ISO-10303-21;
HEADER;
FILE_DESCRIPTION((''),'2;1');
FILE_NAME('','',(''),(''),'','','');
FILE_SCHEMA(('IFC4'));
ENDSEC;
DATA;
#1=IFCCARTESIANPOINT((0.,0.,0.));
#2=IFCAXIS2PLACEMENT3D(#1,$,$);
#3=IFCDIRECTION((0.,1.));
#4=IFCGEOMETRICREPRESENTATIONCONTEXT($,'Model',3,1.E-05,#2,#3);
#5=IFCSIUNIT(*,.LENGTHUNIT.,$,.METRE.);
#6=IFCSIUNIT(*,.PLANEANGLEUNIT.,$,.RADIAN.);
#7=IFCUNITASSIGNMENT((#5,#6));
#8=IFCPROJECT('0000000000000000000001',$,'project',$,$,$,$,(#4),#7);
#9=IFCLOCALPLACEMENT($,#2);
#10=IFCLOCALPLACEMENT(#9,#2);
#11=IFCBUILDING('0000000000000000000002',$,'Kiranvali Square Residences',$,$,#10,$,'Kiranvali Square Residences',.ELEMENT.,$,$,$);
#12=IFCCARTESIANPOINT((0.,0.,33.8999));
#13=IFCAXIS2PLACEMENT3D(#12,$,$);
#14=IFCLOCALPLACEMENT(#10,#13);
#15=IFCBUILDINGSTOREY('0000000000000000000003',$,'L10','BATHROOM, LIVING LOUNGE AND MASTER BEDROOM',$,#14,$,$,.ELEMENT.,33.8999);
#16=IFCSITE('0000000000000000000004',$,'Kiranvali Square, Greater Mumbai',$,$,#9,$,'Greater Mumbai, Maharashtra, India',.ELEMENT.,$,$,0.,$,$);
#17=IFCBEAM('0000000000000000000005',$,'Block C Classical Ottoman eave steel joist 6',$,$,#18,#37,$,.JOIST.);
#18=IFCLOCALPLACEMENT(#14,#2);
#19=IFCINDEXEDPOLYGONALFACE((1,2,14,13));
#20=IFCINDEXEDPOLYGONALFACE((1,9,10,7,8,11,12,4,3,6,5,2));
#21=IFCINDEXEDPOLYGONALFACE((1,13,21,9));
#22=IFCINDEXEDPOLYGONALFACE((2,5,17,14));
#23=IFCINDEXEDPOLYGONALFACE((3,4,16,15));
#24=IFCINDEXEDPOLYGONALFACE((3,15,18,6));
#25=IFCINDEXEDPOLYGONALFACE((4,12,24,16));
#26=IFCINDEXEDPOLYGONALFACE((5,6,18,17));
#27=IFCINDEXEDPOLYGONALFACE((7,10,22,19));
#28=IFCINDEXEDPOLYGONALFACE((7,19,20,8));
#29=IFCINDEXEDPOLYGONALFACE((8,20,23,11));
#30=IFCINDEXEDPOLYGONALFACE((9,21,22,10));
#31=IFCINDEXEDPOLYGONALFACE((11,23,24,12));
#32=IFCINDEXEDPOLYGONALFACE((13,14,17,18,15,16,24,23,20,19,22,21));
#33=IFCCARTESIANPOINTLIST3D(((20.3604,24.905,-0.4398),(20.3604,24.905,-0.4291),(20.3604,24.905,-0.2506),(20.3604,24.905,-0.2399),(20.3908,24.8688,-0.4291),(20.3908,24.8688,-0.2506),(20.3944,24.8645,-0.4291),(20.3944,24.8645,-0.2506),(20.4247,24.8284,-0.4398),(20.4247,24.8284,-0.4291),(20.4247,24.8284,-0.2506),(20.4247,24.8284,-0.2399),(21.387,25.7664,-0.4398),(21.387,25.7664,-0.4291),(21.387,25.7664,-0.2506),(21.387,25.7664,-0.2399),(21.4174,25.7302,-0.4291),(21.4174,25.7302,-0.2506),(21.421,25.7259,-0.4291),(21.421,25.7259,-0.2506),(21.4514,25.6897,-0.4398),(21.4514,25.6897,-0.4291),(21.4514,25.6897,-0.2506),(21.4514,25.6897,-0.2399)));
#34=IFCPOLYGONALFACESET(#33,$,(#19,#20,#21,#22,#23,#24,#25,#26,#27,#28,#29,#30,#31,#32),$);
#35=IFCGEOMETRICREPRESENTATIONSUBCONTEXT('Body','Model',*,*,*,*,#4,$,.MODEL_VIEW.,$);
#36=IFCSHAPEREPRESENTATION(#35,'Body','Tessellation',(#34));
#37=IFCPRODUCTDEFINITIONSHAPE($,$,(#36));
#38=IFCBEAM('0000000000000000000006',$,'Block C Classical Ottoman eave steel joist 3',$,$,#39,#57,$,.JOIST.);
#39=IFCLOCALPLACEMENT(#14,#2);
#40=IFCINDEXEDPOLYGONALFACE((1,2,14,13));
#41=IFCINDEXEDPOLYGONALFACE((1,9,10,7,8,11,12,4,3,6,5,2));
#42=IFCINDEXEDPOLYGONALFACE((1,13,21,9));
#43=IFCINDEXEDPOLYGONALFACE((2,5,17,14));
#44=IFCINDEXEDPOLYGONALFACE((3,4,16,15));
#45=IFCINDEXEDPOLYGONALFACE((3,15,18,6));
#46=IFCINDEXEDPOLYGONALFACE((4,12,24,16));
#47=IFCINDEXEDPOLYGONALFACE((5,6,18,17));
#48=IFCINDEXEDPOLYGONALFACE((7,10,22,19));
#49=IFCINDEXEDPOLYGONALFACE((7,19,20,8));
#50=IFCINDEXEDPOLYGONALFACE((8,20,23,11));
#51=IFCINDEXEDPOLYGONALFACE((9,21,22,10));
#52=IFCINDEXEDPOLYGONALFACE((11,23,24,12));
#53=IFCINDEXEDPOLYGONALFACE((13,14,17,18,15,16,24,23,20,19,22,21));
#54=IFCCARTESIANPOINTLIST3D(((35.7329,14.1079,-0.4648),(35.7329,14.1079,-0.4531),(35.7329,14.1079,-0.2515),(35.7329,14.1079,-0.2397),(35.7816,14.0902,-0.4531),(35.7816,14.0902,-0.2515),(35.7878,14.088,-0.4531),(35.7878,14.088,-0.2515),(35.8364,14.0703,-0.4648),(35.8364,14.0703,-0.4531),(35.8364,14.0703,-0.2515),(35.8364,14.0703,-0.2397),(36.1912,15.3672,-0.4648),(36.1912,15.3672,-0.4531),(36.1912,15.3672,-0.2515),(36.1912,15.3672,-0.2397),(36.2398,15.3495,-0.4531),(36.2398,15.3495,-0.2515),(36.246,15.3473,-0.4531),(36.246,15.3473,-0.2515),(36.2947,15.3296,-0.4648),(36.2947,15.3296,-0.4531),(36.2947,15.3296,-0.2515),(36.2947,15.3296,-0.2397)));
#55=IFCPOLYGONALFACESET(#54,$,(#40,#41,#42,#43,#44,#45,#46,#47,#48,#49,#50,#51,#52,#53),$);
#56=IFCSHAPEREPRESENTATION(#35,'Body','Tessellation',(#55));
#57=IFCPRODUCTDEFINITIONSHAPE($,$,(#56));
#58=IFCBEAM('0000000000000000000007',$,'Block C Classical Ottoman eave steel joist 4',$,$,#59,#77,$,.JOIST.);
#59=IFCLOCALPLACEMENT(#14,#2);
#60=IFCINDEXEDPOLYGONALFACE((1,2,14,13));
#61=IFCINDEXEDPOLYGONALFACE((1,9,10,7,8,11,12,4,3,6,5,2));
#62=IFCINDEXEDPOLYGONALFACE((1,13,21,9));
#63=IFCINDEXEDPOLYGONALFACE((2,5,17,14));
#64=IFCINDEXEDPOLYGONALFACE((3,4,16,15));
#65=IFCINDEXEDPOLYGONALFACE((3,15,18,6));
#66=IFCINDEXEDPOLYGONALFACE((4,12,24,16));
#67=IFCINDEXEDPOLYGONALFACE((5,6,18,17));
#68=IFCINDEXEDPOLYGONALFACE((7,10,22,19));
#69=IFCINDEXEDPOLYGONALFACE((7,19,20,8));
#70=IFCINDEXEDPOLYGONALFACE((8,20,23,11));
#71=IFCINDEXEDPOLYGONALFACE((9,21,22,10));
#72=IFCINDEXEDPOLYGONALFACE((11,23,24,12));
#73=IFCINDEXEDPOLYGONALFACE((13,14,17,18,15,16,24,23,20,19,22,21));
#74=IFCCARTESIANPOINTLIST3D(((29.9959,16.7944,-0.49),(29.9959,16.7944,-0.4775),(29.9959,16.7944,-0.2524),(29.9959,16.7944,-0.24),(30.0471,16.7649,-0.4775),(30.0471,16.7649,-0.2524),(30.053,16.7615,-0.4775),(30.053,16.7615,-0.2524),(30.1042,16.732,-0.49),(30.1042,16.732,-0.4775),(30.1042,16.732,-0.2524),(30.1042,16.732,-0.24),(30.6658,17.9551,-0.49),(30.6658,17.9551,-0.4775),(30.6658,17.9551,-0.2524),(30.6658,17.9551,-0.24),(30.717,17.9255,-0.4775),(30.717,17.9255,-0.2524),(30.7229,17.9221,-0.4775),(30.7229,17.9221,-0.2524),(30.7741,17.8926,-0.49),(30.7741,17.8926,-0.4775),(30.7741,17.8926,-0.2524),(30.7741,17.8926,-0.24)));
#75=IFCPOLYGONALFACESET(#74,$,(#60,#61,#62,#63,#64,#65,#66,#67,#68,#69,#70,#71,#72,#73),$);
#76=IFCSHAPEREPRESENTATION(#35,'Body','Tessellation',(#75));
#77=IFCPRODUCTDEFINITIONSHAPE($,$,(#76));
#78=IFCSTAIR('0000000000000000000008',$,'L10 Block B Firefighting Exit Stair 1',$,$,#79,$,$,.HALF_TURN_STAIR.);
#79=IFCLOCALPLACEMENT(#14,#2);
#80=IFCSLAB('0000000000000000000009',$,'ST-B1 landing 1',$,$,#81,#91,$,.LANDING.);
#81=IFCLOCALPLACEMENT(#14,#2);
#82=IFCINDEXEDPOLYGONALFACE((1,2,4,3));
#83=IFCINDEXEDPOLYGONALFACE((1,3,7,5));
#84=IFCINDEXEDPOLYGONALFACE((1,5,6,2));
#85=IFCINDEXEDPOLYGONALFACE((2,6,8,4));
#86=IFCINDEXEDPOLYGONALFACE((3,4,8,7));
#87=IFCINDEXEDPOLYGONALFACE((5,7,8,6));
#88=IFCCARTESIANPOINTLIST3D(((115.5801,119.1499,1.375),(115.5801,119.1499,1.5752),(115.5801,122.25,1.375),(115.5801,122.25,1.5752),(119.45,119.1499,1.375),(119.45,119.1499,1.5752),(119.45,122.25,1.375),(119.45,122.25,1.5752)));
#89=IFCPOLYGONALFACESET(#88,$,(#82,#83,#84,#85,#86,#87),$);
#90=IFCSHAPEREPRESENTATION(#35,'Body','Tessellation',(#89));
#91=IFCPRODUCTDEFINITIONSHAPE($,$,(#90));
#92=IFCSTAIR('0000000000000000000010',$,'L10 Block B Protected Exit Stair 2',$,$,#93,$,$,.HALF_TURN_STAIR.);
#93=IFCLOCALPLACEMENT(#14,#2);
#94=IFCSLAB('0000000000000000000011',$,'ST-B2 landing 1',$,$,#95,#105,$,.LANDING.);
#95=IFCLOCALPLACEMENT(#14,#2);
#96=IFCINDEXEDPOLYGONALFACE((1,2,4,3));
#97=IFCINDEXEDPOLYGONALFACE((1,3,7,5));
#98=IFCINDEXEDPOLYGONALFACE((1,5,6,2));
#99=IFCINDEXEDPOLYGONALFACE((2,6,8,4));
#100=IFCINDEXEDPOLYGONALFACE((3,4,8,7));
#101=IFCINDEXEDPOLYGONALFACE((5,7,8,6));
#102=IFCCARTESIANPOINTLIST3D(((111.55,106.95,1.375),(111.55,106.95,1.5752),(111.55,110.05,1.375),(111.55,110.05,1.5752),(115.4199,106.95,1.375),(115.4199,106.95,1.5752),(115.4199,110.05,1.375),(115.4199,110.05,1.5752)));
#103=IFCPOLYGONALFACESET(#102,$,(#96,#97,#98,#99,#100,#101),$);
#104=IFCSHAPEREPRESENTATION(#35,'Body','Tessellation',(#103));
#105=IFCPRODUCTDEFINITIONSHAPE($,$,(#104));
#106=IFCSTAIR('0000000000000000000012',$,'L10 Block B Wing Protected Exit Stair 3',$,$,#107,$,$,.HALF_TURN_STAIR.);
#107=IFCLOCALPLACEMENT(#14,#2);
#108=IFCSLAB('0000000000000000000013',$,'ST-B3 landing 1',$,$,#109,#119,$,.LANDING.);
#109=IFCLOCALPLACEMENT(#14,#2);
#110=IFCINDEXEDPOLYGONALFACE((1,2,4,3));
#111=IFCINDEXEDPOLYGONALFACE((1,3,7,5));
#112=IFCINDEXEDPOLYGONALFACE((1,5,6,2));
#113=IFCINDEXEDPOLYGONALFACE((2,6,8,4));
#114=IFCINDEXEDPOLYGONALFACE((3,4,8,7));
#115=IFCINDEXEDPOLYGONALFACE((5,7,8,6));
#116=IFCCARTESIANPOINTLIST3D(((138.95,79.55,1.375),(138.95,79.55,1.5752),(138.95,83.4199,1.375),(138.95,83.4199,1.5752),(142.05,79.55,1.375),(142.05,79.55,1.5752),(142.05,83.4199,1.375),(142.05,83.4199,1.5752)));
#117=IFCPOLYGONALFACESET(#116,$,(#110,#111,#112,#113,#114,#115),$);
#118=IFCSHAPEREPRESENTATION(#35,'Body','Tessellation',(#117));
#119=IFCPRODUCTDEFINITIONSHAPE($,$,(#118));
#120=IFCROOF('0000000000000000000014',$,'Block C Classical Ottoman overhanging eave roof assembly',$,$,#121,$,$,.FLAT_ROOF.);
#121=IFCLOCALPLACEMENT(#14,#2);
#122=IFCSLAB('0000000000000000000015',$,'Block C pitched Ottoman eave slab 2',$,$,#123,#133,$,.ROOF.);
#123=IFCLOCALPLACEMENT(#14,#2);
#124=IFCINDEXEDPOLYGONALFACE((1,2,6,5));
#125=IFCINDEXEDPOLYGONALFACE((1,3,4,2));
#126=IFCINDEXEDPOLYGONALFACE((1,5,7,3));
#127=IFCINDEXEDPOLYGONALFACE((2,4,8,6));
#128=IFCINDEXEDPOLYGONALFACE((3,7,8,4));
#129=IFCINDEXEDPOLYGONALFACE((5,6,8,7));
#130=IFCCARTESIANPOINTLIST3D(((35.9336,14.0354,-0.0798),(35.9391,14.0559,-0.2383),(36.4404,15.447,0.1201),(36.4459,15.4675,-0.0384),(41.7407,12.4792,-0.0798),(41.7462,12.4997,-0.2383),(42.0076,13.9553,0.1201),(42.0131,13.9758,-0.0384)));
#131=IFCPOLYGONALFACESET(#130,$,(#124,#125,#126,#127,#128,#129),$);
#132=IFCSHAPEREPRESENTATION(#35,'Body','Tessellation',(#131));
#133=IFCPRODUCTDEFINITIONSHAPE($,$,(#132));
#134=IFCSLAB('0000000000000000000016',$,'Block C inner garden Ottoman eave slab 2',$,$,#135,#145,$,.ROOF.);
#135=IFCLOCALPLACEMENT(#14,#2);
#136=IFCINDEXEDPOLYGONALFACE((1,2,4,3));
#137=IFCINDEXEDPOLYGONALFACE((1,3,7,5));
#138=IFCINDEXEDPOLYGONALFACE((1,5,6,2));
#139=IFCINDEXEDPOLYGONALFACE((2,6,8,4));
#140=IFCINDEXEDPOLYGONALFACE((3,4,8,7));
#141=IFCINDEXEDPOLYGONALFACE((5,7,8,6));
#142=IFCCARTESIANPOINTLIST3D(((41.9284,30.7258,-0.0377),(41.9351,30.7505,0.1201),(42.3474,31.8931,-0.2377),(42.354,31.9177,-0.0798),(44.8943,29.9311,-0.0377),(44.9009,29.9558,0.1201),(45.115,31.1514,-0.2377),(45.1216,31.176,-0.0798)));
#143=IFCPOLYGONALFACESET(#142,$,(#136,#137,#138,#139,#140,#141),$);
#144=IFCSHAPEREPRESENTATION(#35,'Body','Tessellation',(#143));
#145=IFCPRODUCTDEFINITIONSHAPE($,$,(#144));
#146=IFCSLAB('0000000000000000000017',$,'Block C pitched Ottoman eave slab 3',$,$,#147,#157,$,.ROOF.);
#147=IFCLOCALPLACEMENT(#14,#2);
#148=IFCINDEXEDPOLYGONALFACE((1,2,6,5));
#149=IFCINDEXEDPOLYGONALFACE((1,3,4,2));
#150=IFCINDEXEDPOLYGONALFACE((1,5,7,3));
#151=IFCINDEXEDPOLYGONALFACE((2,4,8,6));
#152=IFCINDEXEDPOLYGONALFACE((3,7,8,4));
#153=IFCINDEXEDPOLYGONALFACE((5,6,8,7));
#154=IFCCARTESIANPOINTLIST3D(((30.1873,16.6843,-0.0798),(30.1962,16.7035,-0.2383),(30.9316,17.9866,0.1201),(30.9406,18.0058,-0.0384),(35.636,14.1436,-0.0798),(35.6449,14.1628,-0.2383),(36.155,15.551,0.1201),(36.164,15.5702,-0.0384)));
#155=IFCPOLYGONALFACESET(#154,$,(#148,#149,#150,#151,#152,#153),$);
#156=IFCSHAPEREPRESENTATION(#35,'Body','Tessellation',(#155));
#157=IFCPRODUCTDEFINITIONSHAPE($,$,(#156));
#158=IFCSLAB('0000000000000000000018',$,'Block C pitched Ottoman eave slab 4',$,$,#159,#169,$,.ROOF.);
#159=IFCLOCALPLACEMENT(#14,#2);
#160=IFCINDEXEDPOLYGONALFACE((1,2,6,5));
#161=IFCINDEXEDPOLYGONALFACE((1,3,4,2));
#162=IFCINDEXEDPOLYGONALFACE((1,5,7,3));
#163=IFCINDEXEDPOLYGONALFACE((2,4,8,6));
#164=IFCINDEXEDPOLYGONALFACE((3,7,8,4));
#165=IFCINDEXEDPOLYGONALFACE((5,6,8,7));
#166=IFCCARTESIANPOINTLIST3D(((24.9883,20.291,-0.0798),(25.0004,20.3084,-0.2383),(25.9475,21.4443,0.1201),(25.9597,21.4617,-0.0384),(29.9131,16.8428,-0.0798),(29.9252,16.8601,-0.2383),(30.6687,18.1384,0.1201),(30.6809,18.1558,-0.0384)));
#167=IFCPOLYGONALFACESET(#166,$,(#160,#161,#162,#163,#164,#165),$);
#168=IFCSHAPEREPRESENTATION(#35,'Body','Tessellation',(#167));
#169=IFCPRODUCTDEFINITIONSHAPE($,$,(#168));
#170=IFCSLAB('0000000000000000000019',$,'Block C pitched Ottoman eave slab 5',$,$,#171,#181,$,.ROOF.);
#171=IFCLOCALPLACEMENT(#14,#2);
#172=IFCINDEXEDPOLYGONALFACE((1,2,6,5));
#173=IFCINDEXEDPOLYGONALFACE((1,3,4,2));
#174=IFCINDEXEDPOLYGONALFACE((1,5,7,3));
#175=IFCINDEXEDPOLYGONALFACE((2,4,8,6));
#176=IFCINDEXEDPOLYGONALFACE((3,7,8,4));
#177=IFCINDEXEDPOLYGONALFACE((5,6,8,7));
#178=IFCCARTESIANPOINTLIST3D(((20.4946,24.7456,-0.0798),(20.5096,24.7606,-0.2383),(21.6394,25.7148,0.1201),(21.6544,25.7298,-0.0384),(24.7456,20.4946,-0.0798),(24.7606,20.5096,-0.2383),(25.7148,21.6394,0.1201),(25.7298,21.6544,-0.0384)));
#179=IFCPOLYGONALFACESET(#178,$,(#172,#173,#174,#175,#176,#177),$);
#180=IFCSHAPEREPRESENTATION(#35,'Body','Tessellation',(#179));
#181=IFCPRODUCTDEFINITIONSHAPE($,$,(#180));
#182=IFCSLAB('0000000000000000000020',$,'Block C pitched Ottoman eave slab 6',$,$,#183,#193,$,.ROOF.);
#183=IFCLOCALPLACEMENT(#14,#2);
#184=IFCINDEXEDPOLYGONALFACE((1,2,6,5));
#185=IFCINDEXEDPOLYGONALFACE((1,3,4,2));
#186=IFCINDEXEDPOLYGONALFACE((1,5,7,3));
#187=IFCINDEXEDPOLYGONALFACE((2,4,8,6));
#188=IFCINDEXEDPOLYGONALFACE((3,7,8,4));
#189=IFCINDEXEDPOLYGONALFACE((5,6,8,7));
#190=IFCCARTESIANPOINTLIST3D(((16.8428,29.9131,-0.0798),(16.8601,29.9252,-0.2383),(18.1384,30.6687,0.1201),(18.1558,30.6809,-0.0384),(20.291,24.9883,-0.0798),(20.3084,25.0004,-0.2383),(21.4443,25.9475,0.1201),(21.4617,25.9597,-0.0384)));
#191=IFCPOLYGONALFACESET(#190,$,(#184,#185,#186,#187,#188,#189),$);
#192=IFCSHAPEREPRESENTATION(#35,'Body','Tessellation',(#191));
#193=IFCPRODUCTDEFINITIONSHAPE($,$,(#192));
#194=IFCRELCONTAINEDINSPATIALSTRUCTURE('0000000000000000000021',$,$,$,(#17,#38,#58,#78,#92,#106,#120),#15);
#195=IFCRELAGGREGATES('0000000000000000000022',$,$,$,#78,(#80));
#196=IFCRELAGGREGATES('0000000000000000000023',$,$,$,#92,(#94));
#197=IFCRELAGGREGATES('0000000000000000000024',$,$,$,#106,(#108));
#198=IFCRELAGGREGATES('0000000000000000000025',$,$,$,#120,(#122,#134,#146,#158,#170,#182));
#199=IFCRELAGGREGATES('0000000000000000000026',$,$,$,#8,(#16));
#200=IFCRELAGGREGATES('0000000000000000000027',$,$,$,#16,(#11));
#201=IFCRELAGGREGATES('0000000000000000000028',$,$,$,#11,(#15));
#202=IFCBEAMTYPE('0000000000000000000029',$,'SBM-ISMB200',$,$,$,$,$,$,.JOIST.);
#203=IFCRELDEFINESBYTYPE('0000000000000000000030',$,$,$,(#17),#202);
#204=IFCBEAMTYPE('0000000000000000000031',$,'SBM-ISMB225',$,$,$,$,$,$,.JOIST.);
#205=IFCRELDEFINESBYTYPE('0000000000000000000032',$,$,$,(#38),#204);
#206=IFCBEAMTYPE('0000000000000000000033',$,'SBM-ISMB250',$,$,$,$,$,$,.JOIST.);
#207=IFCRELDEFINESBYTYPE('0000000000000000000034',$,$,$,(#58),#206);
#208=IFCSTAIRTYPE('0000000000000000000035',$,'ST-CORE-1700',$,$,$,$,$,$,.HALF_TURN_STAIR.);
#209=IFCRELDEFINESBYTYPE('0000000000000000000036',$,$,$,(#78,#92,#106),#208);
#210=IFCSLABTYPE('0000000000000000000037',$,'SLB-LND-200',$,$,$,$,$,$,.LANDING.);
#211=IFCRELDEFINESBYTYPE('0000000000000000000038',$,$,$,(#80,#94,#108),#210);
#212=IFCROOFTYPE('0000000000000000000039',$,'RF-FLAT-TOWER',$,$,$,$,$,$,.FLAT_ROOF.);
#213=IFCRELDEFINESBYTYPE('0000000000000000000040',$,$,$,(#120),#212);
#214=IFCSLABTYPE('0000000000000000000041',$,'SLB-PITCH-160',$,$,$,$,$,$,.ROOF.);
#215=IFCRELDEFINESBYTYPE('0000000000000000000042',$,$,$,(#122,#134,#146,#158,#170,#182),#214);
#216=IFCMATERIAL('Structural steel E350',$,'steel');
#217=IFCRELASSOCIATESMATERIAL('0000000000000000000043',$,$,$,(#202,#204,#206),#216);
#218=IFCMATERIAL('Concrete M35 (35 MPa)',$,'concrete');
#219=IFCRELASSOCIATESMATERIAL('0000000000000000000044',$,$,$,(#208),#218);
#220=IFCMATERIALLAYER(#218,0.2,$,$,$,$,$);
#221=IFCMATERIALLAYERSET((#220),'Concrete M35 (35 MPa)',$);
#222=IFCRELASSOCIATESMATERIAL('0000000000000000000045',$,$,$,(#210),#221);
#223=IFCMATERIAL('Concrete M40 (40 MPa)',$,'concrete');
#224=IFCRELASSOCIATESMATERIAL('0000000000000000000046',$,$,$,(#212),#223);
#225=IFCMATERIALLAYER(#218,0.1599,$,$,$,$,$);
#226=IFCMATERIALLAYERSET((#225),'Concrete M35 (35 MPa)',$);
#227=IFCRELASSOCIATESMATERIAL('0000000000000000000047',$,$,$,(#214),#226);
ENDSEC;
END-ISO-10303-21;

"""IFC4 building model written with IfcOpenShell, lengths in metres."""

from ifc_helpers import new_model, si_unit, direction, frame, origin, origin_2d, place, context, subcontext, project, spatial, polyline, i_section, outline, extrude, material, layer, layer_set, material_profile, profile_set, type_object, element, aggregate, save


model = new_model("IFC4")

# Units and contexts
model_context = context("Model", 3, precision=1e-05, world=origin(), true_north=direction((0.0, 1.0)))
body_context = subcontext(model_context, "Body", "Model", "MODEL_VIEW")
ifc_project = project(units=[si_unit("LENGTHUNIT", "METRE"), si_unit("PLANEANGLEUNIT", "RADIAN")], contexts=[model_context])

# Site, building, storey
site_placement = place(None, origin())
site = spatial("IfcSite", under=ifc_project, at=site_placement, Name="Kiranvali Square, Greater Mumbai", LongName="Greater Mumbai, Maharashtra, India", CompositionType="ELEMENT", RefElevation=0.0)
building_placement = place(site_placement, origin())
building = spatial("IfcBuilding", under=site, at=building_placement, Name="Kiranvali Square Residences", LongName="Kiranvali Square Residences", CompositionType="ELEMENT")
storey_placement = place(building_placement, frame((0.0, 0.0, 33.8999)))
storey = spatial("IfcBuildingStorey", under=building, at=storey_placement, Name="L10", Description="BATHROOM, LIVING LOUNGE AND MASTER BEDROOM", CompositionType="ELEMENT", Elevation=33.8999)

# Shared definitions
ifc_material_1 = material(Name="Structural steel E350", Category="steel")

# Beams
ifc_material_profile_1 = material_profile(ifc_material_1, i_section(OverallWidth=0.1001, OverallDepth=0.2, WebThickness=0.0056, FlangeThickness=0.0107, at=origin_2d()), Name="ISMB 200")
ifc_profile_set_1 = profile_set([ifc_material_profile_1], Name="Structural steel E350")
beam_type_1 = type_object("IfcBeamType", Name="SBM-ISMB200", PredefinedType="JOIST", material=ifc_profile_set_1)
beam_1_placement = place(storey_placement, frame((21.4192, 25.728, -0.3398), z_axis=(-0.766082, -0.642743, 0.0), x_axis=(0.642743, -0.766082, 0.0)))
element("IfcBeam", 1, at=beam_1_placement, inside=storey, type_object=beam_type_1, Name="Block C Classical Ottoman eave steel joist 6", PredefinedType="JOIST", context=body_context, shape_type="SweptSolid", body=[
    extrude(i_section(OverallWidth=0.1001, OverallDepth=0.2, WebThickness=0.0056, FlangeThickness=0.0107, at=origin_2d()), origin(), (0.0, 0.0, 1.0), 1.3401),
])
ifc_material_profile_2 = material_profile(ifc_material_1, i_section(OverallWidth=0.1101, OverallDepth=0.2251, WebThickness=0.0066, FlangeThickness=0.0117, at=origin_2d()), Name="ISMB 225")
ifc_profile_set_2 = profile_set([ifc_material_profile_2], Name="Structural steel E350")
beam_type_2 = type_object("IfcBeamType", Name="SBM-ISMB225", PredefinedType="JOIST", material=ifc_profile_set_2)
beam_2_placement = place(storey_placement, frame((36.2429, 15.3484, -0.3523), z_axis=(-0.341962, -0.939714, 0.0), x_axis=(0.939714, -0.341962, 0.0)))
element("IfcBeam", 2, at=beam_2_placement, inside=storey, type_object=beam_type_2, Name="Block C Classical Ottoman eave steel joist 3", PredefinedType="JOIST", context=body_context, shape_type="SweptSolid", body=[
    extrude(i_section(OverallWidth=0.1101, OverallDepth=0.2251, WebThickness=0.0066, FlangeThickness=0.0117, at=origin_2d()), origin(), (0.0, 0.0, 1.0), 1.3401),
])
ifc_material_profile_3 = material_profile(ifc_material_1, i_section(OverallWidth=0.125, OverallDepth=0.25, WebThickness=0.0068, FlangeThickness=0.0125, at=origin_2d()), Name="ISMB 250")
ifc_profile_set_3 = profile_set([ifc_material_profile_3], Name="Structural steel E350")
beam_type_3 = type_object("IfcBeamType", Name="SBM-ISMB250", PredefinedType="JOIST", material=ifc_profile_set_3)
beam_3_placement = place(storey_placement, frame((30.72, 17.9238, -0.365), z_axis=(-0.499901, -0.866082, 0.0), x_axis=(0.866082, -0.499901, 0.0)))
element("IfcBeam", 3, at=beam_3_placement, inside=storey, type_object=beam_type_3, Name="Block C Classical Ottoman eave steel joist 4", PredefinedType="JOIST", context=body_context, shape_type="SweptSolid", body=[
    extrude(i_section(OverallWidth=0.125, OverallDepth=0.25, WebThickness=0.0068, FlangeThickness=0.0125, at=origin_2d()), origin(), (0.0, 0.0, 1.0), 1.3401),
])

# Stairs, slabs
ifc_material_2 = material(Name="Concrete M35 (35 MPa)", Category="concrete")
stair_type = type_object("IfcStairType", Name="ST-CORE-1700", PredefinedType="HALF_TURN_STAIR", material=ifc_material_2)
stair_1_placement = place(storey_placement, origin())
stair_1 = element("IfcStair", 4, at=stair_1_placement, inside=storey, type_object=stair_type, Name="L10 Block B Firefighting Exit Stair 1", PredefinedType="HALF_TURN_STAIR")
ifc_layer_1 = layer(ifc_material_2, 0.2)
ifc_layer_set_1 = layer_set([ifc_layer_1], Name="Concrete M35 (35 MPa)")
slab_type_1 = type_object("IfcSlabType", Name="SLB-LND-200", PredefinedType="LANDING", material=ifc_layer_set_1)
slab_1_placement = place(storey_placement, frame((0.0, 0.0, 1.375)))
slab_1 = element("IfcSlab", 5, at=slab_1_placement, type_object=slab_type_1, Name="ST-B1 landing 1", PredefinedType="LANDING", context=body_context, shape_type="SweptSolid", body=[
    extrude(outline(polyline([(115.5801, 119.1499), (119.45, 119.1499), (119.45, 122.25), (115.5801, 122.25), (115.5801, 119.1499)])), origin(), (0.0, 0.0, 1.0), 0.2002),
])
aggregate(stair_1, [slab_1])
stair_2_placement = place(storey_placement, origin())
stair_2 = element("IfcStair", 6, at=stair_2_placement, inside=storey, type_object=stair_type, Name="L10 Block B Protected Exit Stair 2", PredefinedType="HALF_TURN_STAIR")
slab_2_placement = place(storey_placement, frame((0.0, 0.0, 1.375)))
slab_2 = element("IfcSlab", 7, at=slab_2_placement, type_object=slab_type_1, Name="ST-B2 landing 1", PredefinedType="LANDING", context=body_context, shape_type="SweptSolid", body=[
    extrude(outline(polyline([(115.4199, 110.05), (111.55, 110.05), (111.55, 106.95), (115.4199, 106.95), (115.4199, 110.05)])), origin(), (0.0, 0.0, 1.0), 0.2002),
])
aggregate(stair_2, [slab_2])
stair_3_placement = place(storey_placement, origin())
stair_3 = element("IfcStair", 8, at=stair_3_placement, inside=storey, type_object=stair_type, Name="L10 Block B Wing Protected Exit Stair 3", PredefinedType="HALF_TURN_STAIR")
slab_3_placement = place(storey_placement, frame((0.0, 0.0, 1.375)))
slab_3 = element("IfcSlab", 9, at=slab_3_placement, type_object=slab_type_1, Name="ST-B3 landing 1", PredefinedType="LANDING", context=body_context, shape_type="SweptSolid", body=[
    extrude(outline(polyline([(138.95, 83.4199), (138.95, 79.55), (142.05, 79.55), (142.05, 83.4199), (138.95, 83.4199)])), origin(), (0.0, 0.0, 1.0), 0.2002),
])
aggregate(stair_3, [slab_3])

# Roof, slabs
ifc_material_3 = material(Name="Concrete M40 (40 MPa)", Category="concrete")
roof_type = type_object("IfcRoofType", Name="RF-FLAT-TOWER", PredefinedType="FLAT_ROOF", material=ifc_material_3)
roof_placement = place(storey_placement, origin())
roof = element("IfcRoof", 10, at=roof_placement, inside=storey, type_object=roof_type, Name="Block C Classical Ottoman overhanging eave roof assembly", PredefinedType="FLAT_ROOF")
ifc_layer_2 = layer(ifc_material_2, 0.1599)
ifc_layer_set_2 = layer_set([ifc_layer_2], Name="Concrete M35 (35 MPa)")
slab_type_2 = type_object("IfcSlabType", Name="SLB-PITCH-160", PredefinedType="ROOF", material=ifc_layer_set_2)
slab_4_placement = place(storey_placement, frame((42.0076, 13.9553, 0.1201), z_axis=(-0.034317, -0.128068, 0.991171), x_axis=(-0.965926, 0.258817, -0.000002)))
slab_4 = element("IfcSlab", 11, at=slab_4_placement, type_object=slab_type_2, Name="Block C pitched Ottoman eave slab 2", PredefinedType="ROOF", context=body_context, shape_type="SweptSolid", body=[
    extrude(outline(polyline([(0.0, 0.0), (5.7635, 0.0), (5.8877, 1.508), (-0.1243, 1.5082), (0.0, 0.0)])), origin(), (0.0, 0.0, -1.0), 0.1599),
])
slab_5_placement = place(storey_placement, frame((44.9009, 29.9558, 0.1201), z_axis=(0.041341, 0.154275, 0.987163), x_axis=(-0.965927, 0.258816, 0.000004)))
slab_5 = element("IfcSlab", 12, at=slab_5_placement, type_object=slab_type_2, Name="Block C inner garden Ottoman eave slab 2", PredefinedType="ROOF", context=body_context, shape_type="SweptSolid", body=[
    extrude(outline(polyline([(0.0, 0.0), (3.0704, 0.0), (2.9679, -1.252), (0.1026, -1.2518), (0.0, 0.0)])), origin(), (0.0, 0.0, -1.0), 0.1599),
])
slab_6_placement = place(storey_placement, frame((36.155, 15.551, 0.1201), z_axis=(-0.056027, -0.120155, 0.991173), x_axis=(-0.906318, 0.422596, -0.000002)))
slab_6 = element("IfcSlab", 13, at=slab_6_placement, type_object=slab_type_2, Name="Block C pitched Ottoman eave slab 3", PredefinedType="ROOF", context=body_context, shape_type="SweptSolid", body=[
    extrude(outline(polyline([(0.0, 0.0), (5.7633, 0.0), (5.8876, 1.5081), (-0.1244, 1.5083), (0.0, 0.0)])), origin(), (0.0, 0.0, -1.0), 0.1599),
])
slab_7_placement = place(storey_placement, frame((30.6687, 18.1384, 0.1201), z_axis=(-0.076045, -0.108604, 0.991172), x_axis=(-0.819145, 0.573587, 0.000002)))
slab_7 = element("IfcSlab", 14, at=slab_7_placement, type_object=slab_type_2, Name="Block C pitched Ottoman eave slab 4", PredefinedType="ROOF", context=body_context, shape_type="SweptSolid", body=[
    extrude(outline(polyline([(0.0, 0.0), (5.7636, 0.0), (5.8878, 1.5082), (-0.1242, 1.5081), (0.0, 0.0)])), origin(), (0.0, 0.0, -1.0), 0.1599),
])
slab_8_placement = place(storey_placement, frame((25.7148, 21.6394, 0.1201), z_axis=(-0.093749, -0.093749, 0.991172), x_axis=(-0.707107, 0.707107, 0.0)))
slab_8 = element("IfcSlab", 15, at=slab_8_placement, type_object=slab_type_2, Name="Block C pitched Ottoman eave slab 5", PredefinedType="ROOF", context=body_context, shape_type="SweptSolid", body=[
    extrude(outline(polyline([(0.0, 0.0), (5.7635, 0.0), (5.8877, 1.5081), (-0.1241, 1.5081), (0.0, 0.0)])), origin(), (0.0, 0.0, -1.0), 0.1599),
])
slab_9_placement = place(storey_placement, frame((21.4443, 25.9475, 0.1201), z_axis=(-0.108604, -0.076045, 0.991172), x_axis=(-0.573587, 0.819145, -0.000002)))
slab_9 = element("IfcSlab", 16, at=slab_9_placement, type_object=slab_type_2, Name="Block C pitched Ottoman eave slab 6", PredefinedType="ROOF", context=body_context, shape_type="SweptSolid", body=[
    extrude(outline(polyline([(0.0, 0.0), (5.7636, 0.0), (5.8878, 1.5081), (-0.1242, 1.5082), (0.0, 0.0)])), origin(), (0.0, 0.0, -1.0), 0.1599),
])
aggregate(roof, [slab_4, slab_5, slab_6, slab_7, slab_8, slab_9])

save(model, "model.ifc")
